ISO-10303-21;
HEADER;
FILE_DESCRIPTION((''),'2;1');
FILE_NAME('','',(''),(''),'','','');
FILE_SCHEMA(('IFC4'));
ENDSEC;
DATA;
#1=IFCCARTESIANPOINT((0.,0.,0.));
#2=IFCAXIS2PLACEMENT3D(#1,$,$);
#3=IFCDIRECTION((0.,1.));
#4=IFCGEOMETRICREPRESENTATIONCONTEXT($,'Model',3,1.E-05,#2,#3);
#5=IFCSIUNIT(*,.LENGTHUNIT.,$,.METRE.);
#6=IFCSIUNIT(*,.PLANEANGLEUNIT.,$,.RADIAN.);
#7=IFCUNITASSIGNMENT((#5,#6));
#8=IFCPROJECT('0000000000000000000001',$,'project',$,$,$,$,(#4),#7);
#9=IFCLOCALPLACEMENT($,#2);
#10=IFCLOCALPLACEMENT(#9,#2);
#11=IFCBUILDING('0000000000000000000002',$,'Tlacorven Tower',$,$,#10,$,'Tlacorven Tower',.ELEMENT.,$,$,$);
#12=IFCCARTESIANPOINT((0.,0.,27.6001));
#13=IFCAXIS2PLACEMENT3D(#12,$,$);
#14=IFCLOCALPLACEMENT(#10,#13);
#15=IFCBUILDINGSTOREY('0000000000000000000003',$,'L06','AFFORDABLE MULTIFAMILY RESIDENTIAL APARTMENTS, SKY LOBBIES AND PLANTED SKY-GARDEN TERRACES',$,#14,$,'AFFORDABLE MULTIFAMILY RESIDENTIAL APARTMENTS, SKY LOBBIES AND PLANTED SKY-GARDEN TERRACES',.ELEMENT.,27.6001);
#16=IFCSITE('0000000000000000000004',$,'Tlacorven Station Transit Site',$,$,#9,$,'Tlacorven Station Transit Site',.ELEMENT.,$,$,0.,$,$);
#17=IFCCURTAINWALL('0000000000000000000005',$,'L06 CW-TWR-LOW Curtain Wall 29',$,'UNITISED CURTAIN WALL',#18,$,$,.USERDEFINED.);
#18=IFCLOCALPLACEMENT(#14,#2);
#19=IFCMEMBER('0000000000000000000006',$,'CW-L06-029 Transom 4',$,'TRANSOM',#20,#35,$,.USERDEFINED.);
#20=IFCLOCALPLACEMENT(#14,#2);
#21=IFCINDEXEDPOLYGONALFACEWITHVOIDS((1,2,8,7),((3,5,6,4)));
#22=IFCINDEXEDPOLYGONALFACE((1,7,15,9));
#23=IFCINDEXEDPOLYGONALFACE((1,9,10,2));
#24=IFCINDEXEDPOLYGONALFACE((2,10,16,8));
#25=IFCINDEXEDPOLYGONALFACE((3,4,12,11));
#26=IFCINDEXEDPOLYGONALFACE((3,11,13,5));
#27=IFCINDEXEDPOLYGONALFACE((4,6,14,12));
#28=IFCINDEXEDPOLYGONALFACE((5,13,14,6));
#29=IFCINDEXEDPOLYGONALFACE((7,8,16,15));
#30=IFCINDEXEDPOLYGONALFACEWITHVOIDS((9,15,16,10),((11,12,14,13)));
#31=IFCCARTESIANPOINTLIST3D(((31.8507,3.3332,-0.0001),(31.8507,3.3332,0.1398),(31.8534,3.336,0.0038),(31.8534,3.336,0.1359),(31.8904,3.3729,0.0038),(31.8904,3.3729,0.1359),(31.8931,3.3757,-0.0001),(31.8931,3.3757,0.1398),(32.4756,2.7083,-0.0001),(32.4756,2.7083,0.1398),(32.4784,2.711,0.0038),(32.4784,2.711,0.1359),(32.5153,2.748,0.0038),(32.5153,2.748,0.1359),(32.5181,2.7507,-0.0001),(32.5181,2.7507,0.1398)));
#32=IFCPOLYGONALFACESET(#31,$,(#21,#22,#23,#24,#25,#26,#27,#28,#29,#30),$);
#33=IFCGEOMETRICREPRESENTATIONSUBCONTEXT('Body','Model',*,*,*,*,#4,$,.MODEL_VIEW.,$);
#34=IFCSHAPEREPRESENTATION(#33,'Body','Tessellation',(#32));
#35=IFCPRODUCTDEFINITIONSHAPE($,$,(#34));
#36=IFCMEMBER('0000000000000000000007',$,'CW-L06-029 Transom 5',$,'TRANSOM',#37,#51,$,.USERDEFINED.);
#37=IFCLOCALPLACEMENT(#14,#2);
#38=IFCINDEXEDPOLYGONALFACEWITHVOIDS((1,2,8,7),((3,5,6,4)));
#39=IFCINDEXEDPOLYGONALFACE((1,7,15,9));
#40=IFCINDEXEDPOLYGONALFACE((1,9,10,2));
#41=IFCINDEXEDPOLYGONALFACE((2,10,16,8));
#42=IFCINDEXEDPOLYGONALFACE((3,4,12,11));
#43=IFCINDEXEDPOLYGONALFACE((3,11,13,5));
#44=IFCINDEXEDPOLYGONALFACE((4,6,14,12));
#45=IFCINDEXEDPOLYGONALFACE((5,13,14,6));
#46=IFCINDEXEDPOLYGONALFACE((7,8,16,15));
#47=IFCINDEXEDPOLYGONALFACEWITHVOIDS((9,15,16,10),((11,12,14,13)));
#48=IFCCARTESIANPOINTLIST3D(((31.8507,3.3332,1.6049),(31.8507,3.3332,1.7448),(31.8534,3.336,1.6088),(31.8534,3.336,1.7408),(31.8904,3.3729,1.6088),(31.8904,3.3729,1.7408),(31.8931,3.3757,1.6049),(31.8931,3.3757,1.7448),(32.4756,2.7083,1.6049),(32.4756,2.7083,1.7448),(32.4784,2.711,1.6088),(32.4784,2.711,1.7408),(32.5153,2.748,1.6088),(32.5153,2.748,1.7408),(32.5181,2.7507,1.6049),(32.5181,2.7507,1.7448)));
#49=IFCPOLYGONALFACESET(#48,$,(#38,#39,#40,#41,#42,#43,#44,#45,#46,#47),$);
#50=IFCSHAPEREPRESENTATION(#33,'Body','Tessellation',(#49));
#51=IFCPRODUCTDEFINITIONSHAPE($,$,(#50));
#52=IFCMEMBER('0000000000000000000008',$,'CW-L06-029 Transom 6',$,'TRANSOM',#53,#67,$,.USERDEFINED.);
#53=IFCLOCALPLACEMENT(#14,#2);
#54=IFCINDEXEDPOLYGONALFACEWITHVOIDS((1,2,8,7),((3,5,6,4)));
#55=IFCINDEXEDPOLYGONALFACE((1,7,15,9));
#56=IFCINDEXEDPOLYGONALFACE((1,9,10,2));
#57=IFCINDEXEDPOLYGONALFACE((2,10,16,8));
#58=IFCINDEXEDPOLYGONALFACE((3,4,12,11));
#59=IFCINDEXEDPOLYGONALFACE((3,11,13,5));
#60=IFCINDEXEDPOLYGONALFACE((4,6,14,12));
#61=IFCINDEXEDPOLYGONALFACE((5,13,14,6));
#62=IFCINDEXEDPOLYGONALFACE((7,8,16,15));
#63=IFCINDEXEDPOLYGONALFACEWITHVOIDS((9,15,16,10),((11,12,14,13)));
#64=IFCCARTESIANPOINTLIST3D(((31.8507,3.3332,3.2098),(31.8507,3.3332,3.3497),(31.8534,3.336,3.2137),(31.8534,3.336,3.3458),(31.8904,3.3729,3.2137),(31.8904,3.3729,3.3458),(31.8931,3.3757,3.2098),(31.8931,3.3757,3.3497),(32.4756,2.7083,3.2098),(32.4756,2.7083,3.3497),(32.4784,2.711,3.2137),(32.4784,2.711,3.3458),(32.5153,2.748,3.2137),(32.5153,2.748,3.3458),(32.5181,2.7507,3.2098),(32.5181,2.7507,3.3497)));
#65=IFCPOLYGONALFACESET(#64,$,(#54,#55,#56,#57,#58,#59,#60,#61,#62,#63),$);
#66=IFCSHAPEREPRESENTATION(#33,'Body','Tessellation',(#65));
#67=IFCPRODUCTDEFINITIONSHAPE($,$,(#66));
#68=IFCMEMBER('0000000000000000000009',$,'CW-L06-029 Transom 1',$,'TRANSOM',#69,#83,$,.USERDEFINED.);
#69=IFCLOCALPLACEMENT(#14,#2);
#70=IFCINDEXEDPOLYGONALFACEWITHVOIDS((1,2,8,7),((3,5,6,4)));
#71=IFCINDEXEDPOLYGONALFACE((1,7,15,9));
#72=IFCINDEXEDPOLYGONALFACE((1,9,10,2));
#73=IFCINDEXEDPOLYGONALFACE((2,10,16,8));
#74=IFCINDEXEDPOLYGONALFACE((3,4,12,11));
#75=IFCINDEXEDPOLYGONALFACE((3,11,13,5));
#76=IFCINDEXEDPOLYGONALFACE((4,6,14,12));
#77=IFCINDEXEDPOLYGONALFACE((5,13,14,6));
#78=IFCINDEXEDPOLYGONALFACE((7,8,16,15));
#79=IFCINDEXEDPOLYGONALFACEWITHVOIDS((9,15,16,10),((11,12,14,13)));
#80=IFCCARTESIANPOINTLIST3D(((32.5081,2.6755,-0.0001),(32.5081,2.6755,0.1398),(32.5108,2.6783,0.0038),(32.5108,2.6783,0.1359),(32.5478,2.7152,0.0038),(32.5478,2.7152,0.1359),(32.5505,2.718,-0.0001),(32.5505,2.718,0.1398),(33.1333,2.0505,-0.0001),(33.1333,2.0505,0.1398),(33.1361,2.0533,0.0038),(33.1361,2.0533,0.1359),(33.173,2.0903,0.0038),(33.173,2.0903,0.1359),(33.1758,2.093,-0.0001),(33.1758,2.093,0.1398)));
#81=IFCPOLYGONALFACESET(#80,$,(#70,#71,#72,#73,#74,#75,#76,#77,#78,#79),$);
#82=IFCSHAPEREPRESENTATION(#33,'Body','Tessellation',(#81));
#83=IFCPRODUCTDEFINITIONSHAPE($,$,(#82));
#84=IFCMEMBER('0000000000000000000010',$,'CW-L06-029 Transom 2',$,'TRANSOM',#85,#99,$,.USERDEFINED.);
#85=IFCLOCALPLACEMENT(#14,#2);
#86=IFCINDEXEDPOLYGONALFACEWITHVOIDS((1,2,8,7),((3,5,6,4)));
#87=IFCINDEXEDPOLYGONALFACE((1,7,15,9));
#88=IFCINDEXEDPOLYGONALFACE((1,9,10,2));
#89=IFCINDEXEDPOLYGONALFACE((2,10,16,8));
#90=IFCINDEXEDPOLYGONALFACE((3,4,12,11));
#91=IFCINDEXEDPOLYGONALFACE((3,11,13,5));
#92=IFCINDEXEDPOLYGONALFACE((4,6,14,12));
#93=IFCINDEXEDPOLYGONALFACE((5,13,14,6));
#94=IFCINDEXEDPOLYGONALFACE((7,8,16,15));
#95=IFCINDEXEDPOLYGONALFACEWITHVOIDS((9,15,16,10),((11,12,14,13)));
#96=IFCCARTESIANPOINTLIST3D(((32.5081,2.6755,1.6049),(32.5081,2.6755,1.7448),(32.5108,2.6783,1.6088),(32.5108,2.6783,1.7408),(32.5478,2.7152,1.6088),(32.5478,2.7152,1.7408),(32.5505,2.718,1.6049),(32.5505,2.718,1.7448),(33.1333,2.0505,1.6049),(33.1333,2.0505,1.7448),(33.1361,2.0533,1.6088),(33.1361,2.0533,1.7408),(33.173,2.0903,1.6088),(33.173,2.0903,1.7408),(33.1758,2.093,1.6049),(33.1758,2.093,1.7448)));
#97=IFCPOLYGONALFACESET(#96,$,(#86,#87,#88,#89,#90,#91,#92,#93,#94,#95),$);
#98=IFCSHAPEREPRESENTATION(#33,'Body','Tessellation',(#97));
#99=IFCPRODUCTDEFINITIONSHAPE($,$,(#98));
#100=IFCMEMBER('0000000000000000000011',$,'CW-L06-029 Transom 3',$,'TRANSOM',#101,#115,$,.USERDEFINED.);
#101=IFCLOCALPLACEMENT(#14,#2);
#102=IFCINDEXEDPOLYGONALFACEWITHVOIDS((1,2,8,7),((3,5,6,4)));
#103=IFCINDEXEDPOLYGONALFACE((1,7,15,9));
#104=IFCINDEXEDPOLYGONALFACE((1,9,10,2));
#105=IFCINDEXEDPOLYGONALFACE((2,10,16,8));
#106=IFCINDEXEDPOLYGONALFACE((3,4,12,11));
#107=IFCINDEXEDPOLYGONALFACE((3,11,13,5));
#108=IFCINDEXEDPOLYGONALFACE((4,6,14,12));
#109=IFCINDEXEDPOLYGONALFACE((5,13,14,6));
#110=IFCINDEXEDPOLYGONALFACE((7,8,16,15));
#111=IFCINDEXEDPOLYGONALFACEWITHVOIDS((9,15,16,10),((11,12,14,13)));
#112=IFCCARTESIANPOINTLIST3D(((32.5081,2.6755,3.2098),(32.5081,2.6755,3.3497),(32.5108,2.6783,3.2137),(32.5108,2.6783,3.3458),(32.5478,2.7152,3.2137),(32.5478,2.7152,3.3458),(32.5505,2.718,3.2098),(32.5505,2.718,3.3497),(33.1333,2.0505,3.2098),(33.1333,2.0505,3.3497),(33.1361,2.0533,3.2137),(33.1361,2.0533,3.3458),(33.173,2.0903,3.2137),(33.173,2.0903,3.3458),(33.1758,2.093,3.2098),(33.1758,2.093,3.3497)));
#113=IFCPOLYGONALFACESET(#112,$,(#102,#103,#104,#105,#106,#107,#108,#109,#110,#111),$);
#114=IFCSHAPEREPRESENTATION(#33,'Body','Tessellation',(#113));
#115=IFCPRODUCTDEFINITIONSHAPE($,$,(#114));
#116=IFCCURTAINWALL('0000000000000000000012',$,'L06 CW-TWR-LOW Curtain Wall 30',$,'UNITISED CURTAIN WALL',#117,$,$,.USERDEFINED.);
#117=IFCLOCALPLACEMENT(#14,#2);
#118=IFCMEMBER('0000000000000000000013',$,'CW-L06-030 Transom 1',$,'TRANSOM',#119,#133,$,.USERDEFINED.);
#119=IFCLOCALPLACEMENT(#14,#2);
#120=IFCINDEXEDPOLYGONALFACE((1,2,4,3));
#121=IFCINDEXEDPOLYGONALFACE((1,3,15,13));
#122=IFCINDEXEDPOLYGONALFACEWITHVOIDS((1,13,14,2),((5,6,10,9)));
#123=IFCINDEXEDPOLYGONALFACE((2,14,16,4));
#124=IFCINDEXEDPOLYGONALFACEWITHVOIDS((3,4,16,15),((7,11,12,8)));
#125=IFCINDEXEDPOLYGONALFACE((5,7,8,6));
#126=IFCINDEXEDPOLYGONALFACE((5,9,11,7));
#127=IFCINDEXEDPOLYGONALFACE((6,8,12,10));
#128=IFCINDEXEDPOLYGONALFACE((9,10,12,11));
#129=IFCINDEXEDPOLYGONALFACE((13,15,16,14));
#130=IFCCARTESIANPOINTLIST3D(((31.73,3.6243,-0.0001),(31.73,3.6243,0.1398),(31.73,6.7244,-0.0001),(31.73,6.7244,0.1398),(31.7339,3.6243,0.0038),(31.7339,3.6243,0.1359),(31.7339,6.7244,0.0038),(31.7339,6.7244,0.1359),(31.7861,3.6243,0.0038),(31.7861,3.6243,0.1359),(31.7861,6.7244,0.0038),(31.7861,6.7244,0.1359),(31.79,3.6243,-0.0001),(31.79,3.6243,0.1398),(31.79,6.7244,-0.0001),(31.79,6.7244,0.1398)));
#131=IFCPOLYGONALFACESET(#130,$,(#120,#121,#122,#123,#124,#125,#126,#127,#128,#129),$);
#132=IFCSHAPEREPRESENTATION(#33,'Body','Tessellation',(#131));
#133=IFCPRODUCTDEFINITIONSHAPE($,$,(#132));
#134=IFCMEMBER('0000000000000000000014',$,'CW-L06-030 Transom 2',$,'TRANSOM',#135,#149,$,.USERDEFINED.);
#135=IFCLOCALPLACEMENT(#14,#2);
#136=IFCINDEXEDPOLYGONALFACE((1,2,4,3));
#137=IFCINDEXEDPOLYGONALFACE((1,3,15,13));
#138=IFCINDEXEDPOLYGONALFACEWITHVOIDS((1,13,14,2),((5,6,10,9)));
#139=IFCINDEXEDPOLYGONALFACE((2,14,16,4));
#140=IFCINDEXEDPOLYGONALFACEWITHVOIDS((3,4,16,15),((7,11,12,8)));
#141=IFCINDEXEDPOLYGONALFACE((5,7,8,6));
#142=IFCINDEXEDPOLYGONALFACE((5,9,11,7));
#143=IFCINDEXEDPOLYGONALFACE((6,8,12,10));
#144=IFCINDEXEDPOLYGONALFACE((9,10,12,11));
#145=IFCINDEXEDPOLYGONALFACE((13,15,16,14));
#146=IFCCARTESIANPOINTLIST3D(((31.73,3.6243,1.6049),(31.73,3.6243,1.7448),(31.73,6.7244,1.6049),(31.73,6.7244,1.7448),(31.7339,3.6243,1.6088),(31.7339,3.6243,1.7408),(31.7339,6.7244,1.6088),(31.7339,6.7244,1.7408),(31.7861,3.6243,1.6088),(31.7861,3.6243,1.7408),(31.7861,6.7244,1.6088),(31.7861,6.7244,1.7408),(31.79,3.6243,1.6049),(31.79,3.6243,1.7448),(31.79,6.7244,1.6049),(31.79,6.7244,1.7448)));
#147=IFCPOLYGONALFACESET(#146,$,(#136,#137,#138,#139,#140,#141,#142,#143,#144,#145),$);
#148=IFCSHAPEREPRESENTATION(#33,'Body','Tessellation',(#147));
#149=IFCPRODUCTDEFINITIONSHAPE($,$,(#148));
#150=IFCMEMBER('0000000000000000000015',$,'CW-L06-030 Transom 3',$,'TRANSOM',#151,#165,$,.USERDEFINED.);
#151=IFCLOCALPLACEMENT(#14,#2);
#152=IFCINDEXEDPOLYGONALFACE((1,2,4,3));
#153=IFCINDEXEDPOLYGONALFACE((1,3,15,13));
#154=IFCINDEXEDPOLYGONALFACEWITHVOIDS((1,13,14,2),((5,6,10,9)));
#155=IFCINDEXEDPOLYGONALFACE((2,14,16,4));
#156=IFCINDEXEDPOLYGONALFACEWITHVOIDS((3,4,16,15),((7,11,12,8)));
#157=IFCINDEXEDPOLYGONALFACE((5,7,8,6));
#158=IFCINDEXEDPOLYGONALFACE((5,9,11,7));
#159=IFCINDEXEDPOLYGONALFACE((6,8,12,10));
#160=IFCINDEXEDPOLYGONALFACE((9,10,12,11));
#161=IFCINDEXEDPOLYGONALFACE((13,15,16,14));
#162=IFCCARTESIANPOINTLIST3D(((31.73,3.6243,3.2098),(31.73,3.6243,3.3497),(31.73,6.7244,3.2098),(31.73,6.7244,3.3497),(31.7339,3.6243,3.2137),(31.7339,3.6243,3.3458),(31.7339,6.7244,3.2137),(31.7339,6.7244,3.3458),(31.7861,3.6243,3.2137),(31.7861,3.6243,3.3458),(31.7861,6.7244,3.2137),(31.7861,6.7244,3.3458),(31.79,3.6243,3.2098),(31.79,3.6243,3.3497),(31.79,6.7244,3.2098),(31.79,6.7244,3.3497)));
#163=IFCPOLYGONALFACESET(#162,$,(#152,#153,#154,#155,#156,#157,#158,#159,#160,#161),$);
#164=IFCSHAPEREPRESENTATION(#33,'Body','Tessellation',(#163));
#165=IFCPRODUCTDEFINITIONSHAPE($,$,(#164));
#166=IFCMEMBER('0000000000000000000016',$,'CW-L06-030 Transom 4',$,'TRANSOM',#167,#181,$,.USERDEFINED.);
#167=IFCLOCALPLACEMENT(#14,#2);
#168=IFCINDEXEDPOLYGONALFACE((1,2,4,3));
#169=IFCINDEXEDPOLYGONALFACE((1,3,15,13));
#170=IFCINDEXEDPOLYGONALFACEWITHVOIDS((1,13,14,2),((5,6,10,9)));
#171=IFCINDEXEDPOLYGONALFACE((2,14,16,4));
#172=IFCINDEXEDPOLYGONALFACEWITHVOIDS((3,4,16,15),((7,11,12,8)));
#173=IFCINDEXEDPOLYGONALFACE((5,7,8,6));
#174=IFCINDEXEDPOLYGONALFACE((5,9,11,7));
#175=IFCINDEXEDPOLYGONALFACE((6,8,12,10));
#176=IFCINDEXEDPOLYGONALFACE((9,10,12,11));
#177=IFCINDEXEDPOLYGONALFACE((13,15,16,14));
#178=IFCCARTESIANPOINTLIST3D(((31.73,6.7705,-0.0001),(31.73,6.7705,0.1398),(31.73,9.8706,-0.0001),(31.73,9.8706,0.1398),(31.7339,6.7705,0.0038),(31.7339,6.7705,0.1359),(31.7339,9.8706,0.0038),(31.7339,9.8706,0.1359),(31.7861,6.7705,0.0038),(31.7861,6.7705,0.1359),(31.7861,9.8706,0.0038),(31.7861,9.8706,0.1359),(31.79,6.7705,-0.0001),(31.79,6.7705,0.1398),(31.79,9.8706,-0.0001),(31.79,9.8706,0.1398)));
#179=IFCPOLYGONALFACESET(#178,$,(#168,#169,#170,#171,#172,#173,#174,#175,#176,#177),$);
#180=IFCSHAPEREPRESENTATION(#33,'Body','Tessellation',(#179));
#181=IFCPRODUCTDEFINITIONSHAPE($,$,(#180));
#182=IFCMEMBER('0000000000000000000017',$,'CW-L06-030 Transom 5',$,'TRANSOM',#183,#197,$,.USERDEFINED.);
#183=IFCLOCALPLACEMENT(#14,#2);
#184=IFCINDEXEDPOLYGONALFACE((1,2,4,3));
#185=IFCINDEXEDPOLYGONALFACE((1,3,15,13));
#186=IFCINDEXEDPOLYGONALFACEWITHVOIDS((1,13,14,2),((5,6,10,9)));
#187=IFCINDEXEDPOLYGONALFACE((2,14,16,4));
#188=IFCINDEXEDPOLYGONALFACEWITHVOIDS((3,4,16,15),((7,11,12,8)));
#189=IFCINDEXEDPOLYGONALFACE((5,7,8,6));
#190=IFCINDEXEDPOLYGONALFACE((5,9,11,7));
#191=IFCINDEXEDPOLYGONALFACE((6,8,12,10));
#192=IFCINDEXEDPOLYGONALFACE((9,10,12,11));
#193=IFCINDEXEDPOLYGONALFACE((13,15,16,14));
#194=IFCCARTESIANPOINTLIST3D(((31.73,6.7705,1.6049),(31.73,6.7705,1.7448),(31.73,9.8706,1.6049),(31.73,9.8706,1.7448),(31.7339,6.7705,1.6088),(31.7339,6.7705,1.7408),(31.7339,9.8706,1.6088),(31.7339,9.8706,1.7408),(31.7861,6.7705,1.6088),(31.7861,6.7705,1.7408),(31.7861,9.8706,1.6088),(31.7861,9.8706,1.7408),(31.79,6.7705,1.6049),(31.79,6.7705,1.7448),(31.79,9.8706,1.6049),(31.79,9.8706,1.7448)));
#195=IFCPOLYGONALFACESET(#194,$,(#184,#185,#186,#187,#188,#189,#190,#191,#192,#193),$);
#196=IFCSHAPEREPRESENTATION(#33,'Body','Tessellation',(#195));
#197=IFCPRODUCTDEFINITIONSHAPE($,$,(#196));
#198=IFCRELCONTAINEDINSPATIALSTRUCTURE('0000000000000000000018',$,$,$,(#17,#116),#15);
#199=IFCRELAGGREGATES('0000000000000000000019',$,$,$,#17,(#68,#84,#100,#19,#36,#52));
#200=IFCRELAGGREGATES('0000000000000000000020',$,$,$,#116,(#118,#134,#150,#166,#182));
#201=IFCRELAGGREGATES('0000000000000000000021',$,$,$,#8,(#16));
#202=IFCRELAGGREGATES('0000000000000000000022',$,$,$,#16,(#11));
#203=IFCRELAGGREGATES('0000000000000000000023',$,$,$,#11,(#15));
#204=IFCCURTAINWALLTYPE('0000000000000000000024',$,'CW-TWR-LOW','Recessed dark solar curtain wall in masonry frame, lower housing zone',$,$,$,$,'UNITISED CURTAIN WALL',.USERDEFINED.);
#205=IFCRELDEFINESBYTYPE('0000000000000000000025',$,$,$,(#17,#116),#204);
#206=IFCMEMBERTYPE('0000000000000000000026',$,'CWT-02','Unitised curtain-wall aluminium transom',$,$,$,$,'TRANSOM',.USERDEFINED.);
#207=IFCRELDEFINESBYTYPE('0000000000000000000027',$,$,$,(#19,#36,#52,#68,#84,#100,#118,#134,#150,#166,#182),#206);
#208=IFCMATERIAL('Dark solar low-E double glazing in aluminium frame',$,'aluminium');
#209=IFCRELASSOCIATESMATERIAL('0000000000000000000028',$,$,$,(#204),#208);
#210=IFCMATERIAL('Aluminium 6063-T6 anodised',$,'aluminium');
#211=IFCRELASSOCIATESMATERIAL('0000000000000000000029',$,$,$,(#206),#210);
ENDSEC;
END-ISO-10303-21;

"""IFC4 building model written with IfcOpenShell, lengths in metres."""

from ifc_helpers import new_model, si_unit, direction, frame, origin, origin_2d, place, context, subcontext, project, spatial, hollow_rectangle, extrude, source, transform, mapped, material, material_profile, profile_set, type_object, element, aggregate, save


model = new_model("IFC4")

# Units and contexts
model_context = context("Model", 3, precision=1e-05, world=origin(), true_north=direction((0.0, 1.0)))
body_context = subcontext(model_context, "Body", "Model", "MODEL_VIEW")
ifc_project = project(units=[si_unit("LENGTHUNIT", "METRE"), si_unit("PLANEANGLEUNIT", "RADIAN")], contexts=[model_context])

# Site, building, storey
site_placement = place(None, origin())
site = spatial("IfcSite", under=ifc_project, at=site_placement, Name="Tlacorven Station Transit Site", LongName="Tlacorven Station Transit Site", CompositionType="ELEMENT", RefElevation=0.0)
building_placement = place(site_placement, origin())
building = spatial("IfcBuilding", under=site, at=building_placement, Name="Tlacorven Tower", LongName="Tlacorven Tower", CompositionType="ELEMENT")
storey_placement = place(building_placement, frame((0.0, 0.0, 27.6001)))
storey = spatial("IfcBuildingStorey", under=building, at=storey_placement, Name="L06", Description="AFFORDABLE MULTIFAMILY RESIDENTIAL APARTMENTS, SKY LOBBIES AND PLANTED SKY-GARDEN TERRACES", LongName="AFFORDABLE MULTIFAMILY RESIDENTIAL APARTMENTS, SKY LOBBIES AND PLANTED SKY-GARDEN TERRACES", CompositionType="ELEMENT", Elevation=27.6001)

# Curtain walls, members
ifc_material_1 = material(Name="Dark solar low-E double glazing in aluminium frame", Category="aluminium")
curtain_wall_type = type_object("IfcCurtainWallType", Name="CW-TWR-LOW", Description="Recessed dark solar curtain wall in masonry frame, lower housing zone", ElementType="UNITISED CURTAIN WALL", PredefinedType="USERDEFINED", material=ifc_material_1)
curtain_wall_1_placement = place(storey_placement, origin())
curtain_wall_1 = element("IfcCurtainWall", 1, at=curtain_wall_1_placement, inside=storey, type_object=curtain_wall_type, Name="L06 CW-TWR-LOW Curtain Wall 29", ObjectType="UNITISED CURTAIN WALL", PredefinedType="USERDEFINED")
ifc_material_2 = material(Name="Aluminium 6063-T6 anodised", Category="aluminium")
ifc_material_profile_1 = material_profile(ifc_material_2, hollow_rectangle(XDim=0.0601, YDim=0.1399, WallThickness=0.0039, at=origin_2d()), Name="ALU TRANSOM 60X140")
ifc_profile_set_1 = profile_set([ifc_material_profile_1], Name="Aluminium 6063-T6 anodised")
member_type_1 = type_object("IfcMemberType", Name="CWT-02", Description="Unitised curtain-wall aluminium transom", ElementType="TRANSOM", PredefinedType="USERDEFINED", material=ifc_profile_set_1)
shared_shape_1 = source(origin(), body_context, "Body", "SweptSolid", [
    extrude(hollow_rectangle(XDim=0.0601, YDim=0.1399, WallThickness=0.0039, at=origin_2d()), origin(), (0.0, 0.0, 1.0), 0.8838),
])
member_1_placement = place(storey_placement, frame((32.4968, 2.7295, 0.0698), z_axis=(-0.707107, 0.707107, 0.0), x_axis=(-0.707107, -0.707107, 0.0)))
member_1 = element("IfcMember", 2, at=member_1_placement, type_object=member_type_1, Name="CW-L06-029 Transom 4", ObjectType="TRANSOM", PredefinedType="USERDEFINED", context=body_context, shape_type="MappedRepresentation", body=[
    mapped(shared_shape_1, transform((0.0, 0.0, 0.0), scale=1.0)),
])
member_2_placement = place(storey_placement, frame((32.4968, 2.7295, 1.6748), z_axis=(-0.707107, 0.707107, 0.0), x_axis=(-0.707107, -0.707107, 0.0)))
member_2 = element("IfcMember", 3, at=member_2_placement, type_object=member_type_1, Name="CW-L06-029 Transom 5", ObjectType="TRANSOM", PredefinedType="USERDEFINED", context=body_context, shape_type="MappedRepresentation", body=[
    mapped(shared_shape_1, transform((0.0, 0.0, 0.0), scale=1.0)),
])
member_3_placement = place(storey_placement, frame((32.4968, 2.7295, 3.2798), z_axis=(-0.707107, 0.707107, 0.0), x_axis=(-0.707107, -0.707107, 0.0)))
member_3 = element("IfcMember", 4, at=member_3_placement, type_object=member_type_1, Name="CW-L06-029 Transom 6", ObjectType="TRANSOM", PredefinedType="USERDEFINED", context=body_context, shape_type="MappedRepresentation", body=[
    mapped(shared_shape_1, transform((0.0, 0.0, 0.0), scale=1.0)),
])
shared_shape_2 = source(origin(), body_context, "Body", "SweptSolid", [
    extrude(hollow_rectangle(XDim=0.0601, YDim=0.1399, WallThickness=0.0039, at=origin_2d()), origin(), (0.0, 0.0, 1.0), 0.884),
])
member_4_placement = place(storey_placement, frame((33.1545, 2.0718, 0.0698), z_axis=(-0.707245, 0.706969, 0.0), x_axis=(-0.706969, -0.707245, 0.0)))
member_4 = element("IfcMember", 5, at=member_4_placement, type_object=member_type_1, Name="CW-L06-029 Transom 1", ObjectType="TRANSOM", PredefinedType="USERDEFINED", context=body_context, shape_type="MappedRepresentation", body=[
    mapped(shared_shape_2, transform((0.0, 0.0, 0.0), scale=1.0)),
])
member_5_placement = place(storey_placement, frame((33.1545, 2.0718, 1.6748), z_axis=(-0.707245, 0.706969, 0.0), x_axis=(-0.706969, -0.707245, 0.0)))
member_5 = element("IfcMember", 6, at=member_5_placement, type_object=member_type_1, Name="CW-L06-029 Transom 2", ObjectType="TRANSOM", PredefinedType="USERDEFINED", context=body_context, shape_type="MappedRepresentation", body=[
    mapped(shared_shape_2, transform((0.0, 0.0, 0.0), scale=1.0)),
])
member_6_placement = place(storey_placement, frame((33.1545, 2.0718, 3.2798), z_axis=(-0.707245, 0.706969, 0.0), x_axis=(-0.706969, -0.707245, 0.0)))
member_6 = element("IfcMember", 7, at=member_6_placement, type_object=member_type_1, Name="CW-L06-029 Transom 3", ObjectType="TRANSOM", PredefinedType="USERDEFINED", context=body_context, shape_type="MappedRepresentation", body=[
    mapped(shared_shape_2, transform((0.0, 0.0, 0.0), scale=1.0)),
])
curtain_wall_2_placement = place(storey_placement, origin())
curtain_wall_2 = element("IfcCurtainWall", 8, at=curtain_wall_2_placement, inside=storey, type_object=curtain_wall_type, Name="L06 CW-TWR-LOW Curtain Wall 30", ObjectType="UNITISED CURTAIN WALL", PredefinedType="USERDEFINED")
shared_shape_3 = source(origin(), body_context, "Body", "SweptSolid", [
    extrude(hollow_rectangle(XDim=0.0601, YDim=0.1399, WallThickness=0.0039, at=origin_2d()), origin(), (0.0, 0.0, 1.0), 3.1001),
])
member_7_placement = place(storey_placement, frame((31.76, 3.6243, 0.0698), z_axis=(0.0, 1.0, 0.0), x_axis=(-1.0, 0.0, 0.0)))
member_7 = element("IfcMember", 9, at=member_7_placement, type_object=member_type_1, Name="CW-L06-030 Transom 1", ObjectType="TRANSOM", PredefinedType="USERDEFINED", context=body_context, shape_type="MappedRepresentation", body=[
    mapped(shared_shape_3, transform((0.0, 0.0, 0.0), scale=1.0)),
])
member_8_placement = place(storey_placement, frame((31.76, 3.6243, 1.6748), z_axis=(0.0, 1.0, 0.0), x_axis=(-1.0, 0.0, 0.0)))
member_8 = element("IfcMember", 10, at=member_8_placement, type_object=member_type_1, Name="CW-L06-030 Transom 2", ObjectType="TRANSOM", PredefinedType="USERDEFINED", context=body_context, shape_type="MappedRepresentation", body=[
    mapped(shared_shape_3, transform((0.0, 0.0, 0.0), scale=1.0)),
])
member_9_placement = place(storey_placement, frame((31.76, 3.6243, 3.2798), z_axis=(0.0, 1.0, 0.0), x_axis=(-1.0, 0.0, 0.0)))
member_9 = element("IfcMember", 11, at=member_9_placement, type_object=member_type_1, Name="CW-L06-030 Transom 3", ObjectType="TRANSOM", PredefinedType="USERDEFINED", context=body_context, shape_type="MappedRepresentation", body=[
    mapped(shared_shape_3, transform((0.0, 0.0, 0.0), scale=1.0)),
])
member_10_placement = place(storey_placement, frame((31.76, 6.7705, 0.0698), z_axis=(0.0, 1.0, 0.0), x_axis=(-1.0, 0.0, 0.0)))
member_10 = element("IfcMember", 12, at=member_10_placement, type_object=member_type_1, Name="CW-L06-030 Transom 4", ObjectType="TRANSOM", PredefinedType="USERDEFINED", context=body_context, shape_type="MappedRepresentation", body=[
    mapped(shared_shape_3, transform((0.0, 0.0, 0.0), scale=1.0)),
])
member_11_placement = place(storey_placement, frame((31.76, 6.7705, 1.6748), z_axis=(0.0, 1.0, 0.0), x_axis=(-1.0, 0.0, 0.0)))
member_11 = element("IfcMember", 13, at=member_11_placement, type_object=member_type_1, Name="CW-L06-030 Transom 5", ObjectType="TRANSOM", PredefinedType="USERDEFINED", context=body_context, shape_type="MappedRepresentation", body=[
    mapped(shared_shape_3, transform((0.0, 0.0, 0.0), scale=1.0)),
])

aggregate(curtain_wall_1, [member_4, member_5, member_6, member_1, member_2, member_3])
aggregate(curtain_wall_2, [member_7, member_8, member_9, member_10, member_11])

save(model, "model.ifc")
